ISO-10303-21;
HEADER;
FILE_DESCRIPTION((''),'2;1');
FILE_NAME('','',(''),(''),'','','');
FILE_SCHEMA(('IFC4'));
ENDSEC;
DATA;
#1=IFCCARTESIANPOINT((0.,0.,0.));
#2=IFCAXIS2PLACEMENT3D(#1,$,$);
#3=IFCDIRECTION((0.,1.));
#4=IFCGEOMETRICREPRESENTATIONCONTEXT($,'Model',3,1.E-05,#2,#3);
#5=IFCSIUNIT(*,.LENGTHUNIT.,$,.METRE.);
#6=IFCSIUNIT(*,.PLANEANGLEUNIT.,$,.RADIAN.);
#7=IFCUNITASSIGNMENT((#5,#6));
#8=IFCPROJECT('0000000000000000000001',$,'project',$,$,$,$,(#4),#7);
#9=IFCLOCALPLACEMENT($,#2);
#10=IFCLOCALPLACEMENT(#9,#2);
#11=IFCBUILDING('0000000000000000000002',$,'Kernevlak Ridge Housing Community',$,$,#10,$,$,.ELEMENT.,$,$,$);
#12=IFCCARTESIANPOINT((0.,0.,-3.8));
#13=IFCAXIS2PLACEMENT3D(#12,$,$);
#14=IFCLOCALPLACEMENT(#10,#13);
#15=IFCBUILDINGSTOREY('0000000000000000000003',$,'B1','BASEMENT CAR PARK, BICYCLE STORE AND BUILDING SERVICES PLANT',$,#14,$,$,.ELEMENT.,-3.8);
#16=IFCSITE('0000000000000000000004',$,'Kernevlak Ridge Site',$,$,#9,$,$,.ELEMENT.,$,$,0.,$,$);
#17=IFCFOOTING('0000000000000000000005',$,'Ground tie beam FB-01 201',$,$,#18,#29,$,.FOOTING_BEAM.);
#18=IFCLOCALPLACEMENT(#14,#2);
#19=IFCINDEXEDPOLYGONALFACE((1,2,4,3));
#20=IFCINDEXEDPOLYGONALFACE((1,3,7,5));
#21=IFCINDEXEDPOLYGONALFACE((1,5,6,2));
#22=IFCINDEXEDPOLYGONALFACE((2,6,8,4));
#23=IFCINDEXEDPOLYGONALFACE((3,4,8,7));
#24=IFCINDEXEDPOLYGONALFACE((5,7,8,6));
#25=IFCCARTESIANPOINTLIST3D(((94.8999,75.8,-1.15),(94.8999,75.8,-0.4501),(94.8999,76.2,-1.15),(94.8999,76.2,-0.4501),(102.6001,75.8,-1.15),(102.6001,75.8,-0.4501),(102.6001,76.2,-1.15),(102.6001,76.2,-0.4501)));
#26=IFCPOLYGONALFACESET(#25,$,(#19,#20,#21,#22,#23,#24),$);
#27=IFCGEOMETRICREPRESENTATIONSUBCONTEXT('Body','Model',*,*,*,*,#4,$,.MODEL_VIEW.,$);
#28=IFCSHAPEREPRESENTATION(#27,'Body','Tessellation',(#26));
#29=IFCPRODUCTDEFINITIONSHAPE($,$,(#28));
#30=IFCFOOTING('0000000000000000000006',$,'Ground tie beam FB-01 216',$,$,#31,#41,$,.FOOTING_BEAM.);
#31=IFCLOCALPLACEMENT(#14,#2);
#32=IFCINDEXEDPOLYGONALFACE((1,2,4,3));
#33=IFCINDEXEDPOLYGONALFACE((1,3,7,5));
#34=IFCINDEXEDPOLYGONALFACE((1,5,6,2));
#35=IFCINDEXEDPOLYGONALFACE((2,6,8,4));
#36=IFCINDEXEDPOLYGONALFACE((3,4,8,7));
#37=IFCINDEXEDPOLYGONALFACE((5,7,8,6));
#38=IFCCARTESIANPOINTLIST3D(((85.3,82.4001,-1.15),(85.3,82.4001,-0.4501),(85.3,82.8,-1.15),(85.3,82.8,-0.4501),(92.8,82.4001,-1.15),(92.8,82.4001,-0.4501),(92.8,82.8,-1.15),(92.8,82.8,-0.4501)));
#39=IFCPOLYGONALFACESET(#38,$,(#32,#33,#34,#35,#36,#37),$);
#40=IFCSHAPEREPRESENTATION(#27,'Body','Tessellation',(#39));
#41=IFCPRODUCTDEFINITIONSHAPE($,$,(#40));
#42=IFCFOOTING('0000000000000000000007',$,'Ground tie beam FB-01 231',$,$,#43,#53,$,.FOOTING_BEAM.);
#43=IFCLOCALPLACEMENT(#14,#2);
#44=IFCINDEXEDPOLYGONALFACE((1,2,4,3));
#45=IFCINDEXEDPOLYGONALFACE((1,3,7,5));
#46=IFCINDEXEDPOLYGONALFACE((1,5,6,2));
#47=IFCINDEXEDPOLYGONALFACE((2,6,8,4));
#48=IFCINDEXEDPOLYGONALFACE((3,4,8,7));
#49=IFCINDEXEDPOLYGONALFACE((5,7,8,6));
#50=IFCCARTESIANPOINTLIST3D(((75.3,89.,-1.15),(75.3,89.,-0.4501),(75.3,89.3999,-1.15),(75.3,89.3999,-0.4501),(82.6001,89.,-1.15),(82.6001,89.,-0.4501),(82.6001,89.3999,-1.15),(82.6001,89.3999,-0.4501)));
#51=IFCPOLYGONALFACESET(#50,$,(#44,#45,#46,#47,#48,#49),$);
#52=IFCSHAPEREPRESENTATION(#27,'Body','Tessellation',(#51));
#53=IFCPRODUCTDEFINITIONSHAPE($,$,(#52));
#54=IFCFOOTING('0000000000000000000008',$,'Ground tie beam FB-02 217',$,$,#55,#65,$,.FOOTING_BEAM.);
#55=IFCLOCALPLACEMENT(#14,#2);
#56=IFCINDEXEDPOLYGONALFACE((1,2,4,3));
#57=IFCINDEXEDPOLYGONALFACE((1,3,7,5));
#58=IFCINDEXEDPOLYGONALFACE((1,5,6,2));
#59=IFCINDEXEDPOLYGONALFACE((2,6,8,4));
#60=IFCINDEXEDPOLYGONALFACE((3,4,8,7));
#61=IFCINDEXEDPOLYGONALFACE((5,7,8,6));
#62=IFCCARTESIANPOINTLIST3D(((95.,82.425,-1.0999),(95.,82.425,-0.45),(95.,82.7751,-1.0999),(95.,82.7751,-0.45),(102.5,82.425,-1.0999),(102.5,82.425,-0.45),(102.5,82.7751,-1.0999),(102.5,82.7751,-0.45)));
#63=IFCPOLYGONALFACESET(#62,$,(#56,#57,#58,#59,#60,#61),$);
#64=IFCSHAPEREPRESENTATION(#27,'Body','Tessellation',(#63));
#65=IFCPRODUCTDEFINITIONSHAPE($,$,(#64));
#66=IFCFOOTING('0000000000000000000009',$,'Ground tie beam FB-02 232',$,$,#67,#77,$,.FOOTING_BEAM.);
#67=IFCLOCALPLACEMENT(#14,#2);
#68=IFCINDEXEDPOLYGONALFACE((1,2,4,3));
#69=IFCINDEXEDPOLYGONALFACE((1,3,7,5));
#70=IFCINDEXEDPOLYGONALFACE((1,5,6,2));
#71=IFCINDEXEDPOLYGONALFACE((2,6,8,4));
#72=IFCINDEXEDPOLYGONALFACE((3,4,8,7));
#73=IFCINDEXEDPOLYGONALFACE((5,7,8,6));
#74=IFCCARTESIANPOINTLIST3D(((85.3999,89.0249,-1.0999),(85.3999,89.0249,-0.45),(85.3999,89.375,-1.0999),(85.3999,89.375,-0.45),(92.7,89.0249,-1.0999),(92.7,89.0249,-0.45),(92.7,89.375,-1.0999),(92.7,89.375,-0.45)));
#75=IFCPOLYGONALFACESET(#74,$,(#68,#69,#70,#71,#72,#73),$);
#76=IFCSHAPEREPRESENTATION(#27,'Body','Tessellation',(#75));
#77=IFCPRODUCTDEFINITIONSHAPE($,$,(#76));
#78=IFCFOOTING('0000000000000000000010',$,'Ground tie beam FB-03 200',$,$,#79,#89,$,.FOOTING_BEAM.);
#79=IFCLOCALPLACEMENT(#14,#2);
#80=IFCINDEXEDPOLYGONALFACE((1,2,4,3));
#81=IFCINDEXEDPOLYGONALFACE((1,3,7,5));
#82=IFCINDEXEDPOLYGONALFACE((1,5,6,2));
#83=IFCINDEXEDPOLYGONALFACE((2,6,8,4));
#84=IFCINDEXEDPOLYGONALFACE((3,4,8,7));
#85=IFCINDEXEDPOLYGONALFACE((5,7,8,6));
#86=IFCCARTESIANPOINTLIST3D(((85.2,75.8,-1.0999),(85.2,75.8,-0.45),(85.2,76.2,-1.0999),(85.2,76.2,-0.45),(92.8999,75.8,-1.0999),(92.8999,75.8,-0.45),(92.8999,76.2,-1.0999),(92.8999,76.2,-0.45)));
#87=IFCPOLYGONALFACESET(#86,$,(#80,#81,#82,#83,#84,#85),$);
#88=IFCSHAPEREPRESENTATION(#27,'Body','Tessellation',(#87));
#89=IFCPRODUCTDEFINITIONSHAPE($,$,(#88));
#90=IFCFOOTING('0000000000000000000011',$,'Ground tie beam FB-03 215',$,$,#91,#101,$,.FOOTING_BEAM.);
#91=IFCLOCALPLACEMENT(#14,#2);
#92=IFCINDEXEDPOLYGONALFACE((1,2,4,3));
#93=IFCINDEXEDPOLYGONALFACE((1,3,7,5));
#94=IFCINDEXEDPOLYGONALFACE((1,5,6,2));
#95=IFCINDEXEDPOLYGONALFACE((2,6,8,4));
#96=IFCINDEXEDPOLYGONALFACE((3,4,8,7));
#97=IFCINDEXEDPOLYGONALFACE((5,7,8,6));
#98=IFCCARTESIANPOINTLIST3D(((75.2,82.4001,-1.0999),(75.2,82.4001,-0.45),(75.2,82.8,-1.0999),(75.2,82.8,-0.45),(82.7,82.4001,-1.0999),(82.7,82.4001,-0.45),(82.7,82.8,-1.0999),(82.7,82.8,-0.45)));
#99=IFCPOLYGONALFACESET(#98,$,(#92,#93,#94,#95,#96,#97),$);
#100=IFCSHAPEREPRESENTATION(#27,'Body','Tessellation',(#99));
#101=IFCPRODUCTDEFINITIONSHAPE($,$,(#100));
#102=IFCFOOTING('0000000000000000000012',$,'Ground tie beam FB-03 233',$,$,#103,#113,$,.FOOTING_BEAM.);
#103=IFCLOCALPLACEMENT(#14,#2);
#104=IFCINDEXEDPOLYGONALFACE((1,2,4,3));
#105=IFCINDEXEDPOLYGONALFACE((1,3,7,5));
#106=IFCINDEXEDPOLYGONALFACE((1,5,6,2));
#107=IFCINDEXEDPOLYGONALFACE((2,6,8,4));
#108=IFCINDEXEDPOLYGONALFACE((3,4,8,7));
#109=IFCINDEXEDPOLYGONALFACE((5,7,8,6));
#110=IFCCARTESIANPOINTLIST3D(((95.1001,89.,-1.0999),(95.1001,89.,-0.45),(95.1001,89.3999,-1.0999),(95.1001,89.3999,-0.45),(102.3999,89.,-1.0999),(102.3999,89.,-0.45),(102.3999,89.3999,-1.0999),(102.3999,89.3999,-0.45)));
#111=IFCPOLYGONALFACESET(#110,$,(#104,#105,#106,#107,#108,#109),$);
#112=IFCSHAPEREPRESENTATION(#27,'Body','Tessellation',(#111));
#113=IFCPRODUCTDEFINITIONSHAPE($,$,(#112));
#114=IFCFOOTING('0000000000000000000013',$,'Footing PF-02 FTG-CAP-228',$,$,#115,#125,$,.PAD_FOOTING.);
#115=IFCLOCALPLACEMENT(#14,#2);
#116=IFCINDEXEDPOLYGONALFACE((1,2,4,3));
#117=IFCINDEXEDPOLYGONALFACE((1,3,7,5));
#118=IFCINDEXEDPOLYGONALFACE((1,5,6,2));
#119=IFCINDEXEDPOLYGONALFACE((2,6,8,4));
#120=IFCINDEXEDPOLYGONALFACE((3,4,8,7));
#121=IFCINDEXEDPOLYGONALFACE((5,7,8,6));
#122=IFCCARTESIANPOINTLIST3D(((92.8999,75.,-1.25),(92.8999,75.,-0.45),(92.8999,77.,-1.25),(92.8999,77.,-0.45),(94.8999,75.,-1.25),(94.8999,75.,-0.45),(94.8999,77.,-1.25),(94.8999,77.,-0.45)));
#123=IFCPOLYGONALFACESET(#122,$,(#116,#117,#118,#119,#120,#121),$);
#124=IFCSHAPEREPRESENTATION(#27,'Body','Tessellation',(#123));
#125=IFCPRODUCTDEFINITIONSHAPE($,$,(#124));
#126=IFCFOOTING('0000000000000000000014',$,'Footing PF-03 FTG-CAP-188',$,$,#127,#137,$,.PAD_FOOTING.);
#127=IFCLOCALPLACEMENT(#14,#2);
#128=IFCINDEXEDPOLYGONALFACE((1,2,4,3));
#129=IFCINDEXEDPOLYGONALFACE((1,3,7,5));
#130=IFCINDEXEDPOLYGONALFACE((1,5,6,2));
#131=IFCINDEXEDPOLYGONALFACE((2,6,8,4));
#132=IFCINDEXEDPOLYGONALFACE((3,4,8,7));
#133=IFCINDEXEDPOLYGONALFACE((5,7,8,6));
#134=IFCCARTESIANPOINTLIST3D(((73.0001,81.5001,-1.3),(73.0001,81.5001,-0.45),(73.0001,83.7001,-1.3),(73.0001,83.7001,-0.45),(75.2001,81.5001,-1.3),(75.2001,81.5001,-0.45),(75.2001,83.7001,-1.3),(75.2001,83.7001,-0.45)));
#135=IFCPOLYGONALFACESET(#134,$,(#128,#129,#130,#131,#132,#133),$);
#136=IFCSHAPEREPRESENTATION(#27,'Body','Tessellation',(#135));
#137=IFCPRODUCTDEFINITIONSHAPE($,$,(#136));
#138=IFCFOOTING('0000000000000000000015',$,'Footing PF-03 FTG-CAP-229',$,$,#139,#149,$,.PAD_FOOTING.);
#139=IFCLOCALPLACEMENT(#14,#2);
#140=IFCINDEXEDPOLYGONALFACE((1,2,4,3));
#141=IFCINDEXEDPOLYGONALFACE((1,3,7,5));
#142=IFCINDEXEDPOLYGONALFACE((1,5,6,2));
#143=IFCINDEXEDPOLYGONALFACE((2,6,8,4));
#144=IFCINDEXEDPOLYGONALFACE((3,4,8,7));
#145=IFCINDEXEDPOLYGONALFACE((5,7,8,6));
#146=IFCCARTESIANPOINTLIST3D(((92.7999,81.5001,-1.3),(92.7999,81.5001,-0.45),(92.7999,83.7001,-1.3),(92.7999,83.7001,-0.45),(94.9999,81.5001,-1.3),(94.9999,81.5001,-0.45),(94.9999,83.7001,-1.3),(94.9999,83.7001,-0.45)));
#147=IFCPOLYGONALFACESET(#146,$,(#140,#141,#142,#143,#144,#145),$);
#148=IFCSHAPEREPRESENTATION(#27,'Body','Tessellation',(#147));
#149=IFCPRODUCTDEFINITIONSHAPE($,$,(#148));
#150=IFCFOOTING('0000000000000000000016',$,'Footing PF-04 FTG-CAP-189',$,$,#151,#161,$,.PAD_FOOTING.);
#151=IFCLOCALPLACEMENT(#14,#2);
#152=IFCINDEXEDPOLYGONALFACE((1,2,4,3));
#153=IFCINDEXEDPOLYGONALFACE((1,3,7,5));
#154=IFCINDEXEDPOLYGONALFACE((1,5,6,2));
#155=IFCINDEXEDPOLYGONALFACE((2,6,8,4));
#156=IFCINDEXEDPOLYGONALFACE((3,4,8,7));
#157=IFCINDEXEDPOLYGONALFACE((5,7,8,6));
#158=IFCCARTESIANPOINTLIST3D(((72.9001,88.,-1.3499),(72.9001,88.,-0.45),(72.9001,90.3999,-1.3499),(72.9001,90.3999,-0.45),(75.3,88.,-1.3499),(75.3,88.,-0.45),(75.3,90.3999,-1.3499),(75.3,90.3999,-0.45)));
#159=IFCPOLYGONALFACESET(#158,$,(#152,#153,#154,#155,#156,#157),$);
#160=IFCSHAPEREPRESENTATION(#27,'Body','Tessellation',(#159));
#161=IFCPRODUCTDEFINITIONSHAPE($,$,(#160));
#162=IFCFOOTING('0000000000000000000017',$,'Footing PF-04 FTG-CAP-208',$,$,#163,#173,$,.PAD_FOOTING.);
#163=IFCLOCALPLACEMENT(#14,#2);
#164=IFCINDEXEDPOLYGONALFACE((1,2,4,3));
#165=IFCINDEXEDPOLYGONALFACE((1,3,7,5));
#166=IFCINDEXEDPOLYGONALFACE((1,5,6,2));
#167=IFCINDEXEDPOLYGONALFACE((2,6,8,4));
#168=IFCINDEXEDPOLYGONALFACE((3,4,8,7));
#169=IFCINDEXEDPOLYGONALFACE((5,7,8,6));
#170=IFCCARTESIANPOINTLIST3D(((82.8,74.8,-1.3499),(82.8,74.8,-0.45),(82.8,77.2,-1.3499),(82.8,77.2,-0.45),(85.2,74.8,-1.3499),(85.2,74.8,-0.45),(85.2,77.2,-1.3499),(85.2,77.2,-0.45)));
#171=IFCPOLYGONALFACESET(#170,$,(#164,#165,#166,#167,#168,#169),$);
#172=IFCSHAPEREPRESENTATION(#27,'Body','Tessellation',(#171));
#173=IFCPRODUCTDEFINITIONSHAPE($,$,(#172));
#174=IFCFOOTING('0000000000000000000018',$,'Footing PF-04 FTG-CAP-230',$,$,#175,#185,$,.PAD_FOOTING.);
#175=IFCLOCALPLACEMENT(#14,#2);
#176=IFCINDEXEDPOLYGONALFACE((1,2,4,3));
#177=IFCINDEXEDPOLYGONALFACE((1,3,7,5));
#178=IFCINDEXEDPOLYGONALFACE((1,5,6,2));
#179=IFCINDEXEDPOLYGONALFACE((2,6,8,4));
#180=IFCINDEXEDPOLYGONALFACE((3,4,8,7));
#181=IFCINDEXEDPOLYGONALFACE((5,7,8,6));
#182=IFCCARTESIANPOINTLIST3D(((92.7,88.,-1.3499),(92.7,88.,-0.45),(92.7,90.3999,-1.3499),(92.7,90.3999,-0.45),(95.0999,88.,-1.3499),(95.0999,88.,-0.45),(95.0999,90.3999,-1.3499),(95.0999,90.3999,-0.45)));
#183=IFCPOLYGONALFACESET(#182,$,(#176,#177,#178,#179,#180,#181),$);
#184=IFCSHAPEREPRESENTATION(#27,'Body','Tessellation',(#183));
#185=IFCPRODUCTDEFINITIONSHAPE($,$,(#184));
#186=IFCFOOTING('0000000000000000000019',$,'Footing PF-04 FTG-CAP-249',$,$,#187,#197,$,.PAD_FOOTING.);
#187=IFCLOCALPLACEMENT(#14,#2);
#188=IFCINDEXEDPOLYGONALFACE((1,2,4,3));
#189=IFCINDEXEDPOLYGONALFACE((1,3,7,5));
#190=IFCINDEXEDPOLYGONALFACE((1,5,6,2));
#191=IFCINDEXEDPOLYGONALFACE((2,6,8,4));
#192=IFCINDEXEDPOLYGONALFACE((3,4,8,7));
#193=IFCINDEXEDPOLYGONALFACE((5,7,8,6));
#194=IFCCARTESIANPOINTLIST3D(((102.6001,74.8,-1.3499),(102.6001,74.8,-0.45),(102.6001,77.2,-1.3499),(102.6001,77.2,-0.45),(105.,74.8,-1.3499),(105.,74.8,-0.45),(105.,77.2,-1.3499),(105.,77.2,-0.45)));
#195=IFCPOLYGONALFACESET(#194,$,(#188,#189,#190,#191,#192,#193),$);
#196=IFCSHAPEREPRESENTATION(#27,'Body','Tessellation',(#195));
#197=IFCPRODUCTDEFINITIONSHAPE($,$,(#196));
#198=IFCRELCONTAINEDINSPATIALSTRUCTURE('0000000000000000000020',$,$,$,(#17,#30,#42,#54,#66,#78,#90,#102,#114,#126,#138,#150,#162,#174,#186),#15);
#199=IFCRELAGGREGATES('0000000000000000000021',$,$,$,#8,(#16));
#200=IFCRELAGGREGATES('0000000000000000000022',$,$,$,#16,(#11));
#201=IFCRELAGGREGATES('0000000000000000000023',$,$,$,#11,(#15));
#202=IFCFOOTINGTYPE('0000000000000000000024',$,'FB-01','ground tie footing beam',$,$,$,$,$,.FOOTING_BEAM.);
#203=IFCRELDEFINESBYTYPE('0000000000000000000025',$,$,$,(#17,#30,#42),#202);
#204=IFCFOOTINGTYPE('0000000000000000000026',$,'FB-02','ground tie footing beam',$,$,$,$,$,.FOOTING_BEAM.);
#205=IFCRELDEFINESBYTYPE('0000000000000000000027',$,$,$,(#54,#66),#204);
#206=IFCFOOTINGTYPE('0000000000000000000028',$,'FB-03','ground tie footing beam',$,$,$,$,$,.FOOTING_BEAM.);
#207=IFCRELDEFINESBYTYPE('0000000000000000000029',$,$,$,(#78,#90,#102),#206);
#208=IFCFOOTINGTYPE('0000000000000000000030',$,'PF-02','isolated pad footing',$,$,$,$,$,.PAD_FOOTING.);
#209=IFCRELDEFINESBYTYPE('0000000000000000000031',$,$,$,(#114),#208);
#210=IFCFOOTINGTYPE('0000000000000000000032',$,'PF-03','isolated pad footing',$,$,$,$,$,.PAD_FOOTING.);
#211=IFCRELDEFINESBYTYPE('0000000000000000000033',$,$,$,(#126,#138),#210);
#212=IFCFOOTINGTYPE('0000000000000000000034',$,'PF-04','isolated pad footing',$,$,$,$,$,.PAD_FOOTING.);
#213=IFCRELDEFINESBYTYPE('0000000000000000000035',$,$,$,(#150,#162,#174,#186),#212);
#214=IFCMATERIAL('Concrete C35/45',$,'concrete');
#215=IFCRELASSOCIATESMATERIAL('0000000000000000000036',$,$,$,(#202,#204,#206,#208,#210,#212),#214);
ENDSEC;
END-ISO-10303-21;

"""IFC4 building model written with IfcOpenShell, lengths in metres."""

from ifc_helpers import new_model, si_unit, direction, frame, origin, origin_2d, place, context, subcontext, project, spatial, rectangle, extrude, material, material_profile, profile_set, type_object, element, save


model = new_model("IFC4")

# Units and contexts
model_context = context("Model", 3, precision=1e-05, world=origin(), true_north=direction((0.0, 1.0)))
body_context = subcontext(model_context, "Body", "Model", "MODEL_VIEW")
ifc_project = project(units=[si_unit("LENGTHUNIT", "METRE"), si_unit("PLANEANGLEUNIT", "RADIAN")], contexts=[model_context])

# Site, building, storey
site_placement = place(None, origin())
site = spatial("IfcSite", under=ifc_project, at=site_placement, Name="Kernevlak Ridge Site", CompositionType="ELEMENT", RefElevation=0.0)
building_placement = place(site_placement, origin())
building = spatial("IfcBuilding", under=site, at=building_placement, Name="Kernevlak Ridge Housing Community", CompositionType="ELEMENT")
storey_placement = place(building_placement, frame((0.0, 0.0, -3.8)))
storey = spatial("IfcBuildingStorey", under=building, at=storey_placement, Name="B1", Description="BASEMENT CAR PARK, BICYCLE STORE AND BUILDING SERVICES PLANT", CompositionType="ELEMENT", Elevation=-3.8)

# Footings
ifc_material_1 = material(Name="Concrete C35/45", Category="concrete")
ifc_material_profile_1 = material_profile(ifc_material_1, rectangle(XDim=0.3999, YDim=0.7, at=origin_2d()), Name="RC 400x700")
ifc_profile_set_1 = profile_set([ifc_material_profile_1], Name="Concrete C35/45")
footing_type_1 = type_object("IfcFootingType", Name="FB-01", Description="ground tie footing beam", PredefinedType="FOOTING_BEAM", material=ifc_profile_set_1)
footing_1_placement = place(storey_placement, frame((94.8999, 76.0, -0.8), z_axis=(1.0, 0.0, 0.0), x_axis=(0.0, 1.0, 0.0)))
element("IfcFooting", 1, at=footing_1_placement, inside=storey, type_object=footing_type_1, Name="Ground tie beam FB-01 201", PredefinedType="FOOTING_BEAM", context=body_context, shape_type="SweptSolid", body=[
    extrude(rectangle(XDim=0.3999, YDim=0.7, at=origin_2d()), origin(), (0.0, 0.0, 1.0), 7.7002),
])
footing_2_placement = place(storey_placement, frame((85.3, 82.6001, -0.8), z_axis=(1.0, 0.0, 0.0), x_axis=(0.0, 1.0, 0.0)))
element("IfcFooting", 2, at=footing_2_placement, inside=storey, type_object=footing_type_1, Name="Ground tie beam FB-01 216", PredefinedType="FOOTING_BEAM", context=body_context, shape_type="SweptSolid", body=[
    extrude(rectangle(XDim=0.3999, YDim=0.7, at=origin_2d()), origin(), (0.0, 0.0, 1.0), 7.5),
])
footing_3_placement = place(storey_placement, frame((75.3, 89.2, -0.8), z_axis=(1.0, 0.0, 0.0), x_axis=(0.0, 1.0, 0.0)))
element("IfcFooting", 3, at=footing_3_placement, inside=storey, type_object=footing_type_1, Name="Ground tie beam FB-01 231", PredefinedType="FOOTING_BEAM", context=body_context, shape_type="SweptSolid", body=[
    extrude(rectangle(XDim=0.3999, YDim=0.7, at=origin_2d()), origin(), (0.0, 0.0, 1.0), 7.3),
])
ifc_material_profile_2 = material_profile(ifc_material_1, rectangle(XDim=0.3501, YDim=0.6499, at=origin_2d()), Name="RC 350x650")
ifc_profile_set_2 = profile_set([ifc_material_profile_2], Name="Concrete C35/45")
footing_type_2 = type_object("IfcFootingType", Name="FB-02", Description="ground tie footing beam", PredefinedType="FOOTING_BEAM", material=ifc_profile_set_2)
footing_4_placement = place(storey_placement, frame((95.0, 82.6001, -0.7749), z_axis=(1.0, 0.0, 0.0), x_axis=(0.0, 1.0, 0.0)))
element("IfcFooting", 4, at=footing_4_placement, inside=storey, type_object=footing_type_2, Name="Ground tie beam FB-02 217", PredefinedType="FOOTING_BEAM", context=body_context, shape_type="SweptSolid", body=[
    extrude(rectangle(XDim=0.3501, YDim=0.6499, at=origin_2d()), origin(), (0.0, 0.0, 1.0), 7.5),
])
footing_5_placement = place(storey_placement, frame((85.3999, 89.2, -0.7749), z_axis=(1.0, 0.0, 0.0), x_axis=(0.0, 1.0, 0.0)))
element("IfcFooting", 5, at=footing_5_placement, inside=storey, type_object=footing_type_2, Name="Ground tie beam FB-02 232", PredefinedType="FOOTING_BEAM", context=body_context, shape_type="SweptSolid", body=[
    extrude(rectangle(XDim=0.3501, YDim=0.6499, at=origin_2d()), origin(), (0.0, 0.0, 1.0), 7.3),
])
ifc_material_profile_3 = material_profile(ifc_material_1, rectangle(XDim=0.3999, YDim=0.6499, at=origin_2d()), Name="RC 400x650")
ifc_profile_set_3 = profile_set([ifc_material_profile_3], Name="Concrete C35/45")
footing_type_3 = type_object("IfcFootingType", Name="FB-03", Description="ground tie footing beam", PredefinedType="FOOTING_BEAM", material=ifc_profile_set_3)
footing_6_placement = place(storey_placement, frame((85.2, 76.0, -0.7749), z_axis=(1.0, 0.0, 0.0), x_axis=(0.0, 1.0, 0.0)))
element("IfcFooting", 6, at=footing_6_placement, inside=storey, type_object=footing_type_3, Name="Ground tie beam FB-03 200", PredefinedType="FOOTING_BEAM", context=body_context, shape_type="SweptSolid", body=[
    extrude(rectangle(XDim=0.3999, YDim=0.6499, at=origin_2d()), origin(), (0.0, 0.0, 1.0), 7.7),
])
footing_7_placement = place(storey_placement, frame((75.2, 82.6001, -0.7749), z_axis=(1.0, 0.0, 0.0), x_axis=(0.0, 1.0, 0.0)))
element("IfcFooting", 7, at=footing_7_placement, inside=storey, type_object=footing_type_3, Name="Ground tie beam FB-03 215", PredefinedType="FOOTING_BEAM", context=body_context, shape_type="SweptSolid", body=[
    extrude(rectangle(XDim=0.3999, YDim=0.6499, at=origin_2d()), origin(), (0.0, 0.0, 1.0), 7.5),
])
footing_8_placement = place(storey_placement, frame((95.1001, 89.2, -0.7749), z_axis=(1.0, 0.0, 0.0), x_axis=(0.0, 1.0, 0.0)))
element("IfcFooting", 8, at=footing_8_placement, inside=storey, type_object=footing_type_3, Name="Ground tie beam FB-03 233", PredefinedType="FOOTING_BEAM", context=body_context, shape_type="SweptSolid", body=[
    extrude(rectangle(XDim=0.3999, YDim=0.6499, at=origin_2d()), origin(), (0.0, 0.0, 1.0), 7.2998),
])
footing_type_4 = type_object("IfcFootingType", Name="PF-02", Description="isolated pad footing", PredefinedType="PAD_FOOTING", material=ifc_material_1)
footing_9_placement = place(storey_placement, frame((93.8999, 76.0, -1.25), z_axis=(0.0, 0.0, 1.0), x_axis=(1.0, 0.0, 0.0)))
element("IfcFooting", 9, at=footing_9_placement, inside=storey, type_object=footing_type_4, Name="Footing PF-02 FTG-CAP-228", PredefinedType="PAD_FOOTING", context=body_context, shape_type="SweptSolid", body=[
    extrude(rectangle(XDim=2.0, YDim=2.0, at=origin_2d()), origin(), (0.0, 0.0, 1.0), 0.8),
])
footing_type_5 = type_object("IfcFootingType", Name="PF-03", Description="isolated pad footing", PredefinedType="PAD_FOOTING", material=ifc_material_1)
for number, where, z_axis, x_axis, name in (
    (10, (74.1001, 82.6001, -1.3), (0.0, 0.0, 1.0), (1.0, 0.0, 0.0), "Footing PF-03 FTG-CAP-188"),
    (11, (93.8999, 82.6001, -1.3), (0.0, 0.0, 1.0), (1.0, 0.0, 0.0), "Footing PF-03 FTG-CAP-229"),
):
    element("IfcFooting", number, at=place(storey_placement, frame(where, z_axis=z_axis, x_axis=x_axis)), inside=storey, type_object=footing_type_5, Name=name, PredefinedType="PAD_FOOTING", context=body_context, shape_type="SweptSolid", body=[
        extrude(rectangle(XDim=2.2, YDim=2.2, at=origin_2d()), origin(), (0.0, 0.0, 1.0), 0.8501),
    ])
footing_type_6 = type_object("IfcFootingType", Name="PF-04", Description="isolated pad footing", PredefinedType="PAD_FOOTING", material=ifc_material_1)
for number, where, z_axis, x_axis, name in (
    (12, (74.1001, 89.2, -1.3499), (0.0, 0.0, 1.0), (1.0, 0.0, 0.0), "Footing PF-04 FTG-CAP-189"),
    (13, (84.0, 76.0, -1.3499), (0.0, 0.0, 1.0), (1.0, 0.0, 0.0), "Footing PF-04 FTG-CAP-208"),
    (14, (93.8999, 89.2, -1.3499), (0.0, 0.0, 1.0), (1.0, 0.0, 0.0), "Footing PF-04 FTG-CAP-230"),
    (15, (103.8, 76.0, -1.3499), (0.0, 0.0, 1.0), (1.0, 0.0, 0.0), "Footing PF-04 FTG-CAP-249"),
):
    element("IfcFooting", number, at=place(storey_placement, frame(where, z_axis=z_axis, x_axis=x_axis)), inside=storey, type_object=footing_type_6, Name=name, PredefinedType="PAD_FOOTING", context=body_context, shape_type="SweptSolid", body=[
        extrude(rectangle(XDim=2.3999, YDim=2.3999, at=origin_2d()), origin(), (0.0, 0.0, 1.0), 0.8999),
    ])

save(model, "model.ifc")
